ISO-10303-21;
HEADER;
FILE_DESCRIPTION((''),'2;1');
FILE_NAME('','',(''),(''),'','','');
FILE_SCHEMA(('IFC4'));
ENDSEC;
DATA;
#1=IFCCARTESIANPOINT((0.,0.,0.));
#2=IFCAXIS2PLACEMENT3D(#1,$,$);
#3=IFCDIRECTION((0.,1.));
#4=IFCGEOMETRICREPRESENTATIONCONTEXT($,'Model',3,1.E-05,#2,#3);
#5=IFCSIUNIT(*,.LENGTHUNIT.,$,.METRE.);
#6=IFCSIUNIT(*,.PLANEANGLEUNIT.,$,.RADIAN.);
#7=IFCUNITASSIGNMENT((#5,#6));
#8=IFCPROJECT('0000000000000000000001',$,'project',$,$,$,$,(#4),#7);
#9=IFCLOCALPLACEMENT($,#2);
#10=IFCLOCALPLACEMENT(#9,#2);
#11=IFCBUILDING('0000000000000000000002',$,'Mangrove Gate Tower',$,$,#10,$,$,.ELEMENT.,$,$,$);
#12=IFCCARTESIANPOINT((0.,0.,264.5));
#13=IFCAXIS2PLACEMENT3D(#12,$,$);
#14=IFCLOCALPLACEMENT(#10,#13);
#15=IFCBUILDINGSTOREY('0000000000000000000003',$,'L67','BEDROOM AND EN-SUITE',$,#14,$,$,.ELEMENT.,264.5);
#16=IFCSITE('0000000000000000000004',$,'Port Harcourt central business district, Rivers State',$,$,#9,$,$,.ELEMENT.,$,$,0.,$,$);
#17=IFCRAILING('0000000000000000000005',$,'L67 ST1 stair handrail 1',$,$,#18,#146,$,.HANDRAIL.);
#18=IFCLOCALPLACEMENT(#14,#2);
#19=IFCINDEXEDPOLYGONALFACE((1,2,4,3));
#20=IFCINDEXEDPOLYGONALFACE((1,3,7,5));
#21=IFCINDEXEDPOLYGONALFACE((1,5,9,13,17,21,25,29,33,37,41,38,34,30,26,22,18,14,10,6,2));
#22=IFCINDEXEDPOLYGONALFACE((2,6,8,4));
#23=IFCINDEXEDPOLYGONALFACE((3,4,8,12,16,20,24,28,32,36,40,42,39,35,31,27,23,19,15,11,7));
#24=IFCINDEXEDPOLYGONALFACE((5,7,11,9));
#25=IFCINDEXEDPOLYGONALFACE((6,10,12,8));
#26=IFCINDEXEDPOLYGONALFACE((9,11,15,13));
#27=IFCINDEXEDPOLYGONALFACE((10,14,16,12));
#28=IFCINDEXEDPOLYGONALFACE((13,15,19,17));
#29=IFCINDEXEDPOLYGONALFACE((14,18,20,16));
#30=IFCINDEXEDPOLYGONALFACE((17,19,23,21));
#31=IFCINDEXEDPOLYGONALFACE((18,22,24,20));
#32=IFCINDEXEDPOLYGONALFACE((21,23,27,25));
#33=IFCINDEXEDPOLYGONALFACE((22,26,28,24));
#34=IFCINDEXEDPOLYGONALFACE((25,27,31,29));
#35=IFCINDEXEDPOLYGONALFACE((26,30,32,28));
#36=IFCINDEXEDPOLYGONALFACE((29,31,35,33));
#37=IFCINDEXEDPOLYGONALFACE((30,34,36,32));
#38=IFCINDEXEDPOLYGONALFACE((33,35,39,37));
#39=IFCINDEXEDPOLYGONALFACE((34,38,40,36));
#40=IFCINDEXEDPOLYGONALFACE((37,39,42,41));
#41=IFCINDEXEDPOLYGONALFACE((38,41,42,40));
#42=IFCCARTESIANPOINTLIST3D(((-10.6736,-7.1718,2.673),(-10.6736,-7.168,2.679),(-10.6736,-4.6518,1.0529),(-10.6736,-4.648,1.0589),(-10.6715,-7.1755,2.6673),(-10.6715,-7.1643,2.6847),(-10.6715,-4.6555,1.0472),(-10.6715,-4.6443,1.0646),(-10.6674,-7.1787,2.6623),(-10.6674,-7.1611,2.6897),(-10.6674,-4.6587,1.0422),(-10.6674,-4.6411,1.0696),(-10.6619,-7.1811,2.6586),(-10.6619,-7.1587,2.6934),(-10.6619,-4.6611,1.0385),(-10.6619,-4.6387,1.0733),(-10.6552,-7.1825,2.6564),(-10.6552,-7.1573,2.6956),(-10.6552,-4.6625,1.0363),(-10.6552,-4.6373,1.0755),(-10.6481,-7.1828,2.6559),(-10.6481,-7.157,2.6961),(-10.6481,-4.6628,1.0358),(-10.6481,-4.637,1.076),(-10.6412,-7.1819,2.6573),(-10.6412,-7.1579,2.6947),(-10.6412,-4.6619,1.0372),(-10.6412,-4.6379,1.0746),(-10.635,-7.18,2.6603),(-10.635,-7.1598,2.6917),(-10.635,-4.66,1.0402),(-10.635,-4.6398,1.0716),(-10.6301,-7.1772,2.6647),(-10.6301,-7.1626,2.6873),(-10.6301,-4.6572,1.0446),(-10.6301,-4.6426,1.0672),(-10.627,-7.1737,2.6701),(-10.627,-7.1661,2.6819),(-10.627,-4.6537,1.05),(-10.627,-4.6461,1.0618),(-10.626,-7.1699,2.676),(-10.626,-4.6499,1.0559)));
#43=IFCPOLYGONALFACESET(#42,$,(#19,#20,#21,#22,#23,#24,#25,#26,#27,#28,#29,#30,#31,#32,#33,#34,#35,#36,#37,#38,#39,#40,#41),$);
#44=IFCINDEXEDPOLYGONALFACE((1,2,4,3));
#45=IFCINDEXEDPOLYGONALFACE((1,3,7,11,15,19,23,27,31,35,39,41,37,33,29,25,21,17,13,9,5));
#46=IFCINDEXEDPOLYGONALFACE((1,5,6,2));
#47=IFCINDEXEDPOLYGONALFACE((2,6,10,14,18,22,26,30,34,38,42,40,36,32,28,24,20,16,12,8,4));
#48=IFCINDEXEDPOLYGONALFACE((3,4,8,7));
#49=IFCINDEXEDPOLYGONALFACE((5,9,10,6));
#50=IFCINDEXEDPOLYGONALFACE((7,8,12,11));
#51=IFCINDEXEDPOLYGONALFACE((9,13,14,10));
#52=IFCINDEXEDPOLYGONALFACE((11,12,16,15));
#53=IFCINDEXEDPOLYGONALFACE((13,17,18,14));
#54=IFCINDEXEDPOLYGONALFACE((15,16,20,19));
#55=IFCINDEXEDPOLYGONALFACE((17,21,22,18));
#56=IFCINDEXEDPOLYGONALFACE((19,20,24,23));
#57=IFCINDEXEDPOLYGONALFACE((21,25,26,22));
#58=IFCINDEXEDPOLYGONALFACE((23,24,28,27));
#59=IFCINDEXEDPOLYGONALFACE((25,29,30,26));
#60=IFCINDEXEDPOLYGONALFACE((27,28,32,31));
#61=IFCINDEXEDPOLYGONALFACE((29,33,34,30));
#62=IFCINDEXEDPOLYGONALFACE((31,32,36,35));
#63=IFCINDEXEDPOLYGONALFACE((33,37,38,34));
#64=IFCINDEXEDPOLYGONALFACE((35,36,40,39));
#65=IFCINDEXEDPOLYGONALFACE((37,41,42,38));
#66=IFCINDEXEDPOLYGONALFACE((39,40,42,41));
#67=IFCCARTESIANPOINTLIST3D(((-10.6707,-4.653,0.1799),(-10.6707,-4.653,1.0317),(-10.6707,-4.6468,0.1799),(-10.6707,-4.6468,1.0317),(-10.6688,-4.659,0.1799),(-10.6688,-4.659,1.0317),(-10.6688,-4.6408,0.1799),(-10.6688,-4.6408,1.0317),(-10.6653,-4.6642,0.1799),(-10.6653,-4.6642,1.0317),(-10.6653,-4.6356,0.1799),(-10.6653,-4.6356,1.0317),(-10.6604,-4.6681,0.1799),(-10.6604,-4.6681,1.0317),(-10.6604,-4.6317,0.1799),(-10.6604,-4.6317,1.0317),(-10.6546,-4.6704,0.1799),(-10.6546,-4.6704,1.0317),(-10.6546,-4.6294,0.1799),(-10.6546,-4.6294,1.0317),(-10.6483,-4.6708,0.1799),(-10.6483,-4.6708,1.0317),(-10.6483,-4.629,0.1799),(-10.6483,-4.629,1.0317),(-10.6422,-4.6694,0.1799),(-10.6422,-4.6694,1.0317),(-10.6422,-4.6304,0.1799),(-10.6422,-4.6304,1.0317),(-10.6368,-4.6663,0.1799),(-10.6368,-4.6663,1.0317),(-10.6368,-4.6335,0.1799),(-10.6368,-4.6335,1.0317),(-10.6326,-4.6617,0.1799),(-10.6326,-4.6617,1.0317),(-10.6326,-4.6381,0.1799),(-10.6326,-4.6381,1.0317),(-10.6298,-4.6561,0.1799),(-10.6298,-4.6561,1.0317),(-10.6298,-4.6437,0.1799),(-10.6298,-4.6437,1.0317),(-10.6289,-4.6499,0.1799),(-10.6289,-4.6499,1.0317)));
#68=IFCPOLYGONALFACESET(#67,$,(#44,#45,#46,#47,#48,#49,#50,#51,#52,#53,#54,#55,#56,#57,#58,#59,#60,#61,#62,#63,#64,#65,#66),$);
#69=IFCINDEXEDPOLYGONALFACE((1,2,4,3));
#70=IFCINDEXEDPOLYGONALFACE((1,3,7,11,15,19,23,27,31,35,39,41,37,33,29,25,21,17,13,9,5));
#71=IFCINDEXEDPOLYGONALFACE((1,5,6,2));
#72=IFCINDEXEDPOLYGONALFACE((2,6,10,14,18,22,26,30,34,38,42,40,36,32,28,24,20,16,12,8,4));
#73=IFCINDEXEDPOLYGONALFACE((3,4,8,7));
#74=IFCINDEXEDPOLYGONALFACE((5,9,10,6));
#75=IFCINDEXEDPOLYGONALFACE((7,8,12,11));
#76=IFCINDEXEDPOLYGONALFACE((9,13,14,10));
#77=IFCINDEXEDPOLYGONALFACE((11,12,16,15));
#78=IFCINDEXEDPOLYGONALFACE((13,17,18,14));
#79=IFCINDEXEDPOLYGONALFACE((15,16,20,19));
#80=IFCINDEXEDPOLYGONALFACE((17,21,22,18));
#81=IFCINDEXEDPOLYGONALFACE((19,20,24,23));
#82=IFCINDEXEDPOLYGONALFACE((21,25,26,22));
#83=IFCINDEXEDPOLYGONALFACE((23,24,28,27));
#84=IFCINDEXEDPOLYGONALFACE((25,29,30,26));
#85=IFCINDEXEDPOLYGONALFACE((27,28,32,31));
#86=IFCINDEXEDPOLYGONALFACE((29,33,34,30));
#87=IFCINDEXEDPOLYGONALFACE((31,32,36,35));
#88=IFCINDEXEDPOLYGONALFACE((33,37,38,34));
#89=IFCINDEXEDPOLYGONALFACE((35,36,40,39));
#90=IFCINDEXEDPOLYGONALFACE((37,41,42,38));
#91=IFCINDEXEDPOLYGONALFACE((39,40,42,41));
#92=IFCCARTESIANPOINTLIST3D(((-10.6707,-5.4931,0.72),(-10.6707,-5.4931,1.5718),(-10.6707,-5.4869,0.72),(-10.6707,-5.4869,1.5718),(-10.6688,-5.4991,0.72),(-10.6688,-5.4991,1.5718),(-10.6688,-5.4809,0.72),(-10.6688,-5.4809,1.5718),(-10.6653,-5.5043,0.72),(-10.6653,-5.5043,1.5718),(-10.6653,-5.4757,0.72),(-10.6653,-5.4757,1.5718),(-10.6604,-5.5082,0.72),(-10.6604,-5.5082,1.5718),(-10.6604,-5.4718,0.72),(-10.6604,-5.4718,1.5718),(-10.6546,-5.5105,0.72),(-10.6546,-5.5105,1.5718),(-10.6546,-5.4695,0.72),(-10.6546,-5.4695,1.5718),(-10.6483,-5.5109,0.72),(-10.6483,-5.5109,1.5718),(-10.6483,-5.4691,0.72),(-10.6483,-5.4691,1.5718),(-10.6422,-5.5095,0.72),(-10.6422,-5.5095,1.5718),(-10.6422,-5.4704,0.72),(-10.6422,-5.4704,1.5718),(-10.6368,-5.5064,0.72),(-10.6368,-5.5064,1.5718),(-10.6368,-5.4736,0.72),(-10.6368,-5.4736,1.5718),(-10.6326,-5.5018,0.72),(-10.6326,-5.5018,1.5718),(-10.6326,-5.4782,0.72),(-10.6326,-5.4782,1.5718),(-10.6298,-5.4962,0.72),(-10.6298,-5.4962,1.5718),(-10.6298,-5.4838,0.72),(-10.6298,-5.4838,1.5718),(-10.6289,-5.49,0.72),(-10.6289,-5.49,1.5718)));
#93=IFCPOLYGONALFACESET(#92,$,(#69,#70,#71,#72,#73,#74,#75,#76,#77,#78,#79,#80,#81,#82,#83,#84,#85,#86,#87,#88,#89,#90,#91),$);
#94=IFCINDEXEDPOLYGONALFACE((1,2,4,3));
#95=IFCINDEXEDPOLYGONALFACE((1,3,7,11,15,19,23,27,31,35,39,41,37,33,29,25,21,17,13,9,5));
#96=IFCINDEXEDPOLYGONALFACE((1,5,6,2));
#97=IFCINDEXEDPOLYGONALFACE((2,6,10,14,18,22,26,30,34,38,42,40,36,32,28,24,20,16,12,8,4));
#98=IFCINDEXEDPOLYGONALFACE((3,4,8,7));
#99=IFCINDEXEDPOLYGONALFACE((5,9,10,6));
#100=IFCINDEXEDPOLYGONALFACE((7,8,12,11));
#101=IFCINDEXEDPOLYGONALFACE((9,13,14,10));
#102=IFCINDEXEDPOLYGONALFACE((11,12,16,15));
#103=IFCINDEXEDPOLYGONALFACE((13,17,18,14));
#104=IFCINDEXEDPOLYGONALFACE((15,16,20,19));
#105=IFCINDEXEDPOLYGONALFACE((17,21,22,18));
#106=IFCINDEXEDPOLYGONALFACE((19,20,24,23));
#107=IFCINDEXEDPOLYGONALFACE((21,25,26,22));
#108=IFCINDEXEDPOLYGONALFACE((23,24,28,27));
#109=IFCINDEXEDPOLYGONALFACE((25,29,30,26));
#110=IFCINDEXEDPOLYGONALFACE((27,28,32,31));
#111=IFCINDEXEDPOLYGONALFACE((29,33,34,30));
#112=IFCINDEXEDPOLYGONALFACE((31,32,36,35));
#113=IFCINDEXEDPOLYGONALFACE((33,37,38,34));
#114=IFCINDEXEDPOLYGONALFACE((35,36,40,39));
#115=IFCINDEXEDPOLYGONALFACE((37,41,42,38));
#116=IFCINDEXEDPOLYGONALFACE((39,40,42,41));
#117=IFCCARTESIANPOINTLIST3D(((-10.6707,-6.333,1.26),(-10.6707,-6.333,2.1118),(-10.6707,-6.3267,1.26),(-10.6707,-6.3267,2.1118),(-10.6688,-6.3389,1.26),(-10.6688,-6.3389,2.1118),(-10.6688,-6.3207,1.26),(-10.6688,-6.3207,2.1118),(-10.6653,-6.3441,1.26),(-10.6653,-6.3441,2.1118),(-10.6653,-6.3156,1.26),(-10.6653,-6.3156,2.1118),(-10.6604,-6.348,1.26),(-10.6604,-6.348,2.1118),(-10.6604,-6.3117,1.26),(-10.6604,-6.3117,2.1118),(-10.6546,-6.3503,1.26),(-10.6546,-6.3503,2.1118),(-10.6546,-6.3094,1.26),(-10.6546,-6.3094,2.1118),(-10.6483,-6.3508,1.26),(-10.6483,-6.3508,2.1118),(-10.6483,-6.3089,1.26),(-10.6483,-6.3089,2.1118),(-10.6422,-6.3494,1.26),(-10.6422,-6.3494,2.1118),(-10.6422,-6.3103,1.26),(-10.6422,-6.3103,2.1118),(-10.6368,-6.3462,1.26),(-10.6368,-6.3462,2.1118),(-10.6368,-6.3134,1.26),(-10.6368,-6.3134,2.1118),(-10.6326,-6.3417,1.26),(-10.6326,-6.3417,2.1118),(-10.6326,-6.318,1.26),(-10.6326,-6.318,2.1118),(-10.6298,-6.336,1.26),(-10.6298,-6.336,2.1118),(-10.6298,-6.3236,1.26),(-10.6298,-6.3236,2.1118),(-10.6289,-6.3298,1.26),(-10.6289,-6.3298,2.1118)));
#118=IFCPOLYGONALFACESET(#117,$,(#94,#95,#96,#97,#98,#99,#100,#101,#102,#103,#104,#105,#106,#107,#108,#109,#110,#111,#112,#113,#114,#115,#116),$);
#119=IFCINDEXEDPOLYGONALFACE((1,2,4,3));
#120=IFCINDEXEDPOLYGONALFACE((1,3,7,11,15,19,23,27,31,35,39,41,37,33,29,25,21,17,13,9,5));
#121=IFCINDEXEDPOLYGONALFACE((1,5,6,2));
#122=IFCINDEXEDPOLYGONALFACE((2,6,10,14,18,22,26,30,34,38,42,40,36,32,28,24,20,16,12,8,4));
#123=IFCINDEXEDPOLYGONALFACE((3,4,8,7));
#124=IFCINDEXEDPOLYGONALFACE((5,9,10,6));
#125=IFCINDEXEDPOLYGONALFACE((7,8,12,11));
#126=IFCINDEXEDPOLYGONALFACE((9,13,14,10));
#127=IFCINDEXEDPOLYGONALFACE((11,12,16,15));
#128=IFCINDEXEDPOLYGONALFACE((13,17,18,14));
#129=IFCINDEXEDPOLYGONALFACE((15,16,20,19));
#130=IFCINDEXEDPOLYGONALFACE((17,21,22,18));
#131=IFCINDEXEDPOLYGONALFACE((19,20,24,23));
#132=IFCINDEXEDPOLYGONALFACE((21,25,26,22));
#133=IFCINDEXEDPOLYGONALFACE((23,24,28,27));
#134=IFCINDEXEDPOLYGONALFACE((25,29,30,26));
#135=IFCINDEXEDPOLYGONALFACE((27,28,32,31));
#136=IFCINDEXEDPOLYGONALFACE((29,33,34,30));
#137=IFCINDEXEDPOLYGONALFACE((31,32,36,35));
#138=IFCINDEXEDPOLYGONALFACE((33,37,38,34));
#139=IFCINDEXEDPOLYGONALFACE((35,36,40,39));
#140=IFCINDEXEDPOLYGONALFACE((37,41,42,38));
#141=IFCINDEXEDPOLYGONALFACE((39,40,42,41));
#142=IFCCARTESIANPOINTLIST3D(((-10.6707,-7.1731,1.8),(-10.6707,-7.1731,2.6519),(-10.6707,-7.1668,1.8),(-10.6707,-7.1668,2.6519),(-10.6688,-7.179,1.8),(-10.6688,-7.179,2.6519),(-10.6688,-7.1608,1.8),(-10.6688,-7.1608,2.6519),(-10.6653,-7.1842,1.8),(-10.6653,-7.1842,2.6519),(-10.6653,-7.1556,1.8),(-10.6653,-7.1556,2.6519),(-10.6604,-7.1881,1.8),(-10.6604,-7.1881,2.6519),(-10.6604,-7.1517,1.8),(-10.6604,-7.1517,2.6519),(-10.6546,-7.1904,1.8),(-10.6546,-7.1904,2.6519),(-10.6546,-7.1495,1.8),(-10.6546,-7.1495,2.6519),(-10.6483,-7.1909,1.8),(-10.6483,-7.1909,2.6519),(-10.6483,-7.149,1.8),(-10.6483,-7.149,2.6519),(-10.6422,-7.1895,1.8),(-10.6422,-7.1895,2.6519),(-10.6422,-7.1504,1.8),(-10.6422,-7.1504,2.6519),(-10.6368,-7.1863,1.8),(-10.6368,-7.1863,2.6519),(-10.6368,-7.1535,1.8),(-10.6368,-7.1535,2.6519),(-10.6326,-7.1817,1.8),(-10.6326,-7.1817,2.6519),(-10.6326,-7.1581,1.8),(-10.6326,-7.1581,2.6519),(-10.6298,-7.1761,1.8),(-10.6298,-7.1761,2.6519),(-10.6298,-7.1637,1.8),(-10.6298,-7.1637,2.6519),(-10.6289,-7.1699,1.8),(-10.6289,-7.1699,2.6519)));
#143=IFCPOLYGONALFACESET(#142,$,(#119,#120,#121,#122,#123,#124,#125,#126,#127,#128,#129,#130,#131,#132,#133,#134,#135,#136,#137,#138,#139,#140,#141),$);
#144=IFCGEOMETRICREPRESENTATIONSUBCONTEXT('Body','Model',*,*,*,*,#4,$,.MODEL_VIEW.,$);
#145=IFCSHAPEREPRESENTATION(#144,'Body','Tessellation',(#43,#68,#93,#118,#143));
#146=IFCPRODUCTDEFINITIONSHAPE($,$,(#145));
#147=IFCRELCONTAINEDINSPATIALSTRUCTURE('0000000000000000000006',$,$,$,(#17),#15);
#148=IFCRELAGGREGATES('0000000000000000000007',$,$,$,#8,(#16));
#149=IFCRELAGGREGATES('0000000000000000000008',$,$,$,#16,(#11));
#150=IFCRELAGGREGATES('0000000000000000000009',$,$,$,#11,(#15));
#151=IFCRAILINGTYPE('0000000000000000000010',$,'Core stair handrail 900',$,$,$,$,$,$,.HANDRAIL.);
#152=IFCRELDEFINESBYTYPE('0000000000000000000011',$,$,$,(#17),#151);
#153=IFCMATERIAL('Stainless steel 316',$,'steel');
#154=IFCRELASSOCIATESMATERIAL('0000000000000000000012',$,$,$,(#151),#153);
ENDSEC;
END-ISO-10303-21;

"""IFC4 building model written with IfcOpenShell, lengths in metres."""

from ifc_helpers import new_model, si_unit, direction, frame, origin, origin_2d, place, context, subcontext, project, spatial, circle, extrude, material, type_object, element, save


model = new_model("IFC4")

# Units and contexts
model_context = context("Model", 3, precision=1e-05, world=origin(), true_north=direction((0.0, 1.0)))
body_context = subcontext(model_context, "Body", "Model", "MODEL_VIEW")
ifc_project = project(units=[si_unit("LENGTHUNIT", "METRE"), si_unit("PLANEANGLEUNIT", "RADIAN")], contexts=[model_context])

# Site, building, storey
site_placement = place(None, origin())
site = spatial("IfcSite", under=ifc_project, at=site_placement, Name="Port Harcourt central business district, Rivers State", CompositionType="ELEMENT", RefElevation=0.0)
building_placement = place(site_placement, origin())
building = spatial("IfcBuilding", under=site, at=building_placement, Name="Mangrove Gate Tower", CompositionType="ELEMENT")
storey_placement = place(building_placement, frame((0.0, 0.0, 264.5)))
storey = spatial("IfcBuildingStorey", under=building, at=storey_placement, Name="L67", Description="BEDROOM AND EN-SUITE", CompositionType="ELEMENT", Elevation=264.5)

# Railing
ifc_material_1 = material(Name="Stainless steel 316", Category="steel")
railing_type_1 = type_object("IfcRailingType", Name="Core stair handrail 900", PredefinedType="HANDRAIL", material=ifc_material_1)
railing_1_placement = place(storey_placement, frame((-10.6499, -4.6499, 0.1799)))
element("IfcRailing", 1, at=railing_1_placement, inside=storey, type_object=railing_type_1, Name="L67 ST1 stair handrail 1", PredefinedType="HANDRAIL", context=body_context, shape_type="SweptSolid", body=[
    extrude(circle(Radius=0.0239, at=origin_2d()), frame((0.0, 0.0, 0.876), z_axis=(0.0, -0.841163, 0.540782), x_axis=(1.0, 0.0, 0.0)), (0.0, 0.0, 1.0), 2.9958),
    extrude(circle(Radius=0.021, at=origin_2d()), origin(), (0.0, 0.0, 1.0), 0.8518),
    extrude(circle(Radius=0.021, at=origin_2d()), frame((0.0, -0.8401, 0.54)), (0.0, 0.0, 1.0), 0.8518),
    extrude(circle(Radius=0.021, at=origin_2d()), frame((0.0, -1.6799, 1.0801)), (0.0, 0.0, 1.0), 0.8518),
    extrude(circle(Radius=0.021, at=origin_2d()), frame((0.0, -2.52, 1.6201)), (0.0, 0.0, 1.0), 0.8518),
])

save(model, "model.ifc")
